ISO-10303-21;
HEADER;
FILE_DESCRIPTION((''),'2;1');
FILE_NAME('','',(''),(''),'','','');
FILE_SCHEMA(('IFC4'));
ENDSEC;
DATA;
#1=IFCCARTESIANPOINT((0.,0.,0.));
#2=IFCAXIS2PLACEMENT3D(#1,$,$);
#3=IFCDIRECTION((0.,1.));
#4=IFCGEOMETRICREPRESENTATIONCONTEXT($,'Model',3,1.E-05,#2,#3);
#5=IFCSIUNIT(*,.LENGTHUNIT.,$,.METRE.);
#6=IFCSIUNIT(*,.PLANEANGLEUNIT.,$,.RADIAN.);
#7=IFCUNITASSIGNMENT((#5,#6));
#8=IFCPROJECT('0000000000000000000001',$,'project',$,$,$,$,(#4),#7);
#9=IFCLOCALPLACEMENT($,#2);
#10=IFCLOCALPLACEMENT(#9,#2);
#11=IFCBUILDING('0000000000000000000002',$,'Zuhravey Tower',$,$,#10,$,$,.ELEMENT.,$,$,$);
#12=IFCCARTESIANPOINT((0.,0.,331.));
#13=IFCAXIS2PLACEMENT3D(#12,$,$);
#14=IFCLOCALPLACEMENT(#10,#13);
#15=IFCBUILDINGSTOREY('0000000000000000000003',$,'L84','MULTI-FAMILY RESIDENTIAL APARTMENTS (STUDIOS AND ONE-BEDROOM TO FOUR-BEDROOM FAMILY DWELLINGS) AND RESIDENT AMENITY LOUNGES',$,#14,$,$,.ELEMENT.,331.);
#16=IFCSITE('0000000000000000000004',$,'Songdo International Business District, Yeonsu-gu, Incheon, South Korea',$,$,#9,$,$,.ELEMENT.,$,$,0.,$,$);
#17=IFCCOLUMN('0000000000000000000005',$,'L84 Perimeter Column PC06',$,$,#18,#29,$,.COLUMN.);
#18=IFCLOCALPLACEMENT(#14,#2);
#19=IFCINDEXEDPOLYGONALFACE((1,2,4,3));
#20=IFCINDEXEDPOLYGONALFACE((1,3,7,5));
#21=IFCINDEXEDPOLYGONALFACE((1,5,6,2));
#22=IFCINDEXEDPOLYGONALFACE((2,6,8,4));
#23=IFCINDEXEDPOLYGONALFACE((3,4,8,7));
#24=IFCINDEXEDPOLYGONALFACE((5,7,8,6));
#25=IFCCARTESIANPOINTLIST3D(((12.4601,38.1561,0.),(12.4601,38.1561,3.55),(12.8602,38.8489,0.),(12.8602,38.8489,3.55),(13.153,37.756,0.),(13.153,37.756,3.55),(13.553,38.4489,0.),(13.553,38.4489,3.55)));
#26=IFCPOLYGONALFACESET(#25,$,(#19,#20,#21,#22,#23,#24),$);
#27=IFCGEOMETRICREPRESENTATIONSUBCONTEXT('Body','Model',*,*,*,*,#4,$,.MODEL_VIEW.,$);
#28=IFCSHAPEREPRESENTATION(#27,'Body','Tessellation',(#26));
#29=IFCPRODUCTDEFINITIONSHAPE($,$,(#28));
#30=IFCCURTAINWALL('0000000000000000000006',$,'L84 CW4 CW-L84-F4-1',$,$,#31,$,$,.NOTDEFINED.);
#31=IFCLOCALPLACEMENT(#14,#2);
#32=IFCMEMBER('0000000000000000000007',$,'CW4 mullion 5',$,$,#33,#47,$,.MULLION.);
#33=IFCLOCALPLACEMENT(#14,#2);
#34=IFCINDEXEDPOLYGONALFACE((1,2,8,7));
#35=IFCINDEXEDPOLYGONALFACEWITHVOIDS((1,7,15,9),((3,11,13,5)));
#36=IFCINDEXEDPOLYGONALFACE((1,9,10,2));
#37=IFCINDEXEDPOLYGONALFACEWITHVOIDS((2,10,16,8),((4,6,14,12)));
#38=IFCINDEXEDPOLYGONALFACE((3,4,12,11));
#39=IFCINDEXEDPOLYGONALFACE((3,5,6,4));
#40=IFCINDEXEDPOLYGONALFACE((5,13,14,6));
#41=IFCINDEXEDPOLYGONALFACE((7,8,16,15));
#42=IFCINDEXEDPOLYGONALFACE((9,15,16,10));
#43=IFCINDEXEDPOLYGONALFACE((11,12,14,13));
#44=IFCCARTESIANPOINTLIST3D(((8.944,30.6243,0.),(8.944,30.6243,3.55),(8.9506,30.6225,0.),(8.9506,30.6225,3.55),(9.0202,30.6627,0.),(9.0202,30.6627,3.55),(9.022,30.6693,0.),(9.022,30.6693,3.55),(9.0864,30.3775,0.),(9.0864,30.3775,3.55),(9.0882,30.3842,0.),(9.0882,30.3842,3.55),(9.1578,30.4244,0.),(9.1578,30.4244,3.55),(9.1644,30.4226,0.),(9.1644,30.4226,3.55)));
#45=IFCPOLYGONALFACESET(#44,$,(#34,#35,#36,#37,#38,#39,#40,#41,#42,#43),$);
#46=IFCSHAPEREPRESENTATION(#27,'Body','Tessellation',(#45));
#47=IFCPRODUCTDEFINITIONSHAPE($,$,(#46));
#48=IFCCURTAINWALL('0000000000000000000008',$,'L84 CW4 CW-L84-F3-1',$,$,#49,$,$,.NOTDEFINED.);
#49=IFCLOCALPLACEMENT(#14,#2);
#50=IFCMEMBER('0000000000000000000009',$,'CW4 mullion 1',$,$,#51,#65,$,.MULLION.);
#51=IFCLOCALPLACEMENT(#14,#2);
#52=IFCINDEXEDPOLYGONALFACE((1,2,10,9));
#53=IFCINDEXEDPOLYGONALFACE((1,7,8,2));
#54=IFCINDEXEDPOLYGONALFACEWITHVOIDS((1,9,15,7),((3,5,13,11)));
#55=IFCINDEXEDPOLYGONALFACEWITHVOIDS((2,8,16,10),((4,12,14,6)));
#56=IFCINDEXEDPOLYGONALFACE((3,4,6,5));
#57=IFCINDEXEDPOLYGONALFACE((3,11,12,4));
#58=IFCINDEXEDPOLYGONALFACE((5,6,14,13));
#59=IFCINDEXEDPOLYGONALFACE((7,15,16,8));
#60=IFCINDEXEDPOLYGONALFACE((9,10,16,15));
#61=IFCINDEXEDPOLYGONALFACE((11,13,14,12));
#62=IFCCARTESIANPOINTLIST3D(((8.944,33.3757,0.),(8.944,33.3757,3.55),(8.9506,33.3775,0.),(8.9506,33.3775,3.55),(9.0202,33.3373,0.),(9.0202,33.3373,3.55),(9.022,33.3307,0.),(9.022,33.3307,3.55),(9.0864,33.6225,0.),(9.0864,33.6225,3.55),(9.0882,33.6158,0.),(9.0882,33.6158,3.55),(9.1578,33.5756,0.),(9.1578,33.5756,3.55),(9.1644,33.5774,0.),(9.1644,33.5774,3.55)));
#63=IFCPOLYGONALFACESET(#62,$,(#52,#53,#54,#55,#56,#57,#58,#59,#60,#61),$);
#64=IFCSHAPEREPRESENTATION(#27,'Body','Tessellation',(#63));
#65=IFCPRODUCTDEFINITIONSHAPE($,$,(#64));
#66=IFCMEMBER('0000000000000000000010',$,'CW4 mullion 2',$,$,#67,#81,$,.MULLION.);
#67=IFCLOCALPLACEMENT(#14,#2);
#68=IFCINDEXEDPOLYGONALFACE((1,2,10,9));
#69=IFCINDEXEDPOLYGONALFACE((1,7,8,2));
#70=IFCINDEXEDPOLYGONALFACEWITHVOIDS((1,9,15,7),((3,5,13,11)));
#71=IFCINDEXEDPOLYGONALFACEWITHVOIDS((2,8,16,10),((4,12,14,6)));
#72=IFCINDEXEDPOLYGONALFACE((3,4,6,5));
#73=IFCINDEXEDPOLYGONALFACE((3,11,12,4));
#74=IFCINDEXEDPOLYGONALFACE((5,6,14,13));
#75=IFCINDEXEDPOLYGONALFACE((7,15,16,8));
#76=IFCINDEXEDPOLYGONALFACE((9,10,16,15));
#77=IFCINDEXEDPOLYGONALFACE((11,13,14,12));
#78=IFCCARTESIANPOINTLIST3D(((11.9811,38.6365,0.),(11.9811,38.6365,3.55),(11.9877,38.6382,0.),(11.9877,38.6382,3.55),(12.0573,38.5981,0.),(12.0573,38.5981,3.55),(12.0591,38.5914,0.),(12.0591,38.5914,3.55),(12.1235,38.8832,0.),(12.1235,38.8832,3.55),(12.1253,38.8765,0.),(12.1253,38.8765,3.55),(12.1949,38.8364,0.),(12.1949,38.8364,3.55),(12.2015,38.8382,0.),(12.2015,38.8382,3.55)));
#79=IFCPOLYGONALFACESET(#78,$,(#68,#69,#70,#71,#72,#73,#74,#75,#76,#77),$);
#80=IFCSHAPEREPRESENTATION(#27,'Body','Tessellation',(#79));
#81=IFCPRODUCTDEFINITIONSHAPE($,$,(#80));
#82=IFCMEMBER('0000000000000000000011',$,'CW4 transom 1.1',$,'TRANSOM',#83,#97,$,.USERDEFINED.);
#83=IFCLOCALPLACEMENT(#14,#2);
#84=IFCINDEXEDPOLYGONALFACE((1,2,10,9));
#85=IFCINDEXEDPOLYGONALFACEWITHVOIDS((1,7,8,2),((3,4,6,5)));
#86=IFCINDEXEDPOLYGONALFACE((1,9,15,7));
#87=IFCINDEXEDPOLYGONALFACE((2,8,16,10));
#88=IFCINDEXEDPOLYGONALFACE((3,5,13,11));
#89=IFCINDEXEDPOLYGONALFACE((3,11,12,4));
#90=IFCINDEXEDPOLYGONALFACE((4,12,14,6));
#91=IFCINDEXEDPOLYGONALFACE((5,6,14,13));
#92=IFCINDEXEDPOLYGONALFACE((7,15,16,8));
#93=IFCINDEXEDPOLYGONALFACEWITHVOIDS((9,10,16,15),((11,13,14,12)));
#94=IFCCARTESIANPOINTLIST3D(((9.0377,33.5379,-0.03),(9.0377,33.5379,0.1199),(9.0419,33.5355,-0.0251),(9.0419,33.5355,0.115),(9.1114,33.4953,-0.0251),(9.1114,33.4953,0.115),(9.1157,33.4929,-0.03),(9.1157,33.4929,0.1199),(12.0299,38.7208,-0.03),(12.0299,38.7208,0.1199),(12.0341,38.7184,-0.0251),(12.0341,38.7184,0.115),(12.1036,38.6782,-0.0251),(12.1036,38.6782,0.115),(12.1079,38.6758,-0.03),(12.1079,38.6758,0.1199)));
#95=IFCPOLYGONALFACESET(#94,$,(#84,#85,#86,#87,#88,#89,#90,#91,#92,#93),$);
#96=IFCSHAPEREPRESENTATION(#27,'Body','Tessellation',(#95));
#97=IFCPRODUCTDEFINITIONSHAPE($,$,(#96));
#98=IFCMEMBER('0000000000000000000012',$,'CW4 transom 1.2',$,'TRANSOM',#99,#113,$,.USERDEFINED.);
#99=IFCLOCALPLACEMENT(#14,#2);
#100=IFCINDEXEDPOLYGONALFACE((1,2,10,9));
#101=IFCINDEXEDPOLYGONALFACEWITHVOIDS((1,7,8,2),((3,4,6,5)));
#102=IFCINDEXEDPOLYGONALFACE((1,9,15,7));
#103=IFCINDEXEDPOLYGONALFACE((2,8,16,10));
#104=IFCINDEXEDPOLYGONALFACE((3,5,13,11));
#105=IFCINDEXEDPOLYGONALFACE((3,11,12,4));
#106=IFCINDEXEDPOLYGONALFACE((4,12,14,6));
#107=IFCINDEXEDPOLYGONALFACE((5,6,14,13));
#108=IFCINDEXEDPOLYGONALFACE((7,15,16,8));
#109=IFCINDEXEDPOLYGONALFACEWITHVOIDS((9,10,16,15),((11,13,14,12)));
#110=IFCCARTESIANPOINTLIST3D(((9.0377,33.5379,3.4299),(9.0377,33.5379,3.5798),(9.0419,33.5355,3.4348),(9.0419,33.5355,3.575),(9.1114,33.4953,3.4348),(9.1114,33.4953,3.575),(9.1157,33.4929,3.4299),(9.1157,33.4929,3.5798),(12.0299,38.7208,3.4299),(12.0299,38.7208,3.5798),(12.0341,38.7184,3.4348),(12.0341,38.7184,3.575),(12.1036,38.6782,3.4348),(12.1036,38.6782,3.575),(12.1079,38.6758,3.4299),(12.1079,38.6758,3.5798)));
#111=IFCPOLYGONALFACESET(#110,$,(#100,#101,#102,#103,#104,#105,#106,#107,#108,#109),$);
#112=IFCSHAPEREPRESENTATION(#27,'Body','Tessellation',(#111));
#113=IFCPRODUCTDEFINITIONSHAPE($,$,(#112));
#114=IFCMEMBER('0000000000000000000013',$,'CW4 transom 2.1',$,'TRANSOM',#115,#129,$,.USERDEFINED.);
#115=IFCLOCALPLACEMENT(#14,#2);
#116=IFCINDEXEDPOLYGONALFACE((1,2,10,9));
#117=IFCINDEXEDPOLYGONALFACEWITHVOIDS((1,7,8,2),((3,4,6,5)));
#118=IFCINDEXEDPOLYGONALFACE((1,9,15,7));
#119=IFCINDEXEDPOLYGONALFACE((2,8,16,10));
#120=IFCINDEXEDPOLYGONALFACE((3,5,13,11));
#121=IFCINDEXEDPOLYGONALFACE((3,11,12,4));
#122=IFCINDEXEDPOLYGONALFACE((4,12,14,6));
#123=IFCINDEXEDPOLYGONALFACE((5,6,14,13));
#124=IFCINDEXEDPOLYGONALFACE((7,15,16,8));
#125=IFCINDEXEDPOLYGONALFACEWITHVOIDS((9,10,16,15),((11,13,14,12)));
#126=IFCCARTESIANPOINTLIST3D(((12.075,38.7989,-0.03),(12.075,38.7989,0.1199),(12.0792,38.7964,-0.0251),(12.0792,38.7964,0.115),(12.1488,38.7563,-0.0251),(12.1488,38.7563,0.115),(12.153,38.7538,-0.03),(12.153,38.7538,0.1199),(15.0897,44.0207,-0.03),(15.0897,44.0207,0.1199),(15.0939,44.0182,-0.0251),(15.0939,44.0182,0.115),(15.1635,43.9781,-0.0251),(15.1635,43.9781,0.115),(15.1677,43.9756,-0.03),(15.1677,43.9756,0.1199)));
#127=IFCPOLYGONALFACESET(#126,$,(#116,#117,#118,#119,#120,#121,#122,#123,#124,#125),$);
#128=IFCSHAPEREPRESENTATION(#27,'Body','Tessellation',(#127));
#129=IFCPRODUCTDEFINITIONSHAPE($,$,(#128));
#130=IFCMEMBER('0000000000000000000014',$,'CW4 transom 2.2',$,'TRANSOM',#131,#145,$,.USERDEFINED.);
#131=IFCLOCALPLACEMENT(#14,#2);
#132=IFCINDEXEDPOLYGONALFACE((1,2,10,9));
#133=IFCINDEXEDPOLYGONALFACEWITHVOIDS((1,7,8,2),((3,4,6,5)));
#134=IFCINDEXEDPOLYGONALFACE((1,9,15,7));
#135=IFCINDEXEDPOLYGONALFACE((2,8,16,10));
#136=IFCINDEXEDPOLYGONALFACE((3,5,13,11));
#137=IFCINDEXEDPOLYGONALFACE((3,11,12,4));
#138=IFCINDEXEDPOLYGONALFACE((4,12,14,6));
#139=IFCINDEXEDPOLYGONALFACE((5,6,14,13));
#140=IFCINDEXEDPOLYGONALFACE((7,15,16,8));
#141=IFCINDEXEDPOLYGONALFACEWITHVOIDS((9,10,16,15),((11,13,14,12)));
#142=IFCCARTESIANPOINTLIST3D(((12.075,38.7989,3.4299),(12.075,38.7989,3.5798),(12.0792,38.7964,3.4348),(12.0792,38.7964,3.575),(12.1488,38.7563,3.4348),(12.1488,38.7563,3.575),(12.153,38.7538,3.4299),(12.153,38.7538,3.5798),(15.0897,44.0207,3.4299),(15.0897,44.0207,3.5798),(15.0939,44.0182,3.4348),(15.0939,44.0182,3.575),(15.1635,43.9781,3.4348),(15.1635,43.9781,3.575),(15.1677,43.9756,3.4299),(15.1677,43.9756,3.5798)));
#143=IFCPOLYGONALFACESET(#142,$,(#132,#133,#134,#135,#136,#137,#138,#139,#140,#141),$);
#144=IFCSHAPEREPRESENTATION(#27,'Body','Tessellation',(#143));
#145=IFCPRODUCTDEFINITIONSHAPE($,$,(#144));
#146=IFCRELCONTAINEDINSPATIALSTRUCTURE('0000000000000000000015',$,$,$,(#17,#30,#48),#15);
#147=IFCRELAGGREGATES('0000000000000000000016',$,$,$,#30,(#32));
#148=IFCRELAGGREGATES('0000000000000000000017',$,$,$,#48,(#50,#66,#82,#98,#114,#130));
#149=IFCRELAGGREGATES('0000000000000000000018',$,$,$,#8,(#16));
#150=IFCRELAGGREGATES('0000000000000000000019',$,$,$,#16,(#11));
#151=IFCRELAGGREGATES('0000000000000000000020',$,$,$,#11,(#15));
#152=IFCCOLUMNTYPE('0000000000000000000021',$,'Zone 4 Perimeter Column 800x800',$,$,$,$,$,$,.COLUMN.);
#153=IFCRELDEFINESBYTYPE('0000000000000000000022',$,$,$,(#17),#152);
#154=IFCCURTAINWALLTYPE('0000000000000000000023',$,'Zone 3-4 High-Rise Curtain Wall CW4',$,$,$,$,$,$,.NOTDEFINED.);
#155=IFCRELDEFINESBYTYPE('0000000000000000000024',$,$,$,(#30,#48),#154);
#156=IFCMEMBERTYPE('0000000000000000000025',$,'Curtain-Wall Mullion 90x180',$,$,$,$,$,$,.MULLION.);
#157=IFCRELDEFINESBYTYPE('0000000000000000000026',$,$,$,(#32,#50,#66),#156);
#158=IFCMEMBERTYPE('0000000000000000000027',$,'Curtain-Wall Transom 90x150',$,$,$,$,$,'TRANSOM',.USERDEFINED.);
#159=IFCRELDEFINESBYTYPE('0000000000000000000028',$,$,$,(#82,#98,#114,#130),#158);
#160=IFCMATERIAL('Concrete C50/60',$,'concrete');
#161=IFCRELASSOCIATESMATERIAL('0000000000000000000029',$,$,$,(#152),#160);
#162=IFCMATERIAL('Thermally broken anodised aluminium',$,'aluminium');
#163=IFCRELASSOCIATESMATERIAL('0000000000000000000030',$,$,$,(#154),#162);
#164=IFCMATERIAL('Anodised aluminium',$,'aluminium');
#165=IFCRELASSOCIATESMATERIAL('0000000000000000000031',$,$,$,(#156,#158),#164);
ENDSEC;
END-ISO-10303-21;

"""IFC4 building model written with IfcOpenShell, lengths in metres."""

from ifc_helpers import new_model, si_unit, direction, frame, origin, origin_2d, place, context, subcontext, project, spatial, rectangle, hollow_rectangle, extrude, material, material_profile, profile_set, type_object, element, aggregate, save


model = new_model("IFC4")

# Units and contexts
model_context = context("Model", 3, precision=1e-05, world=origin(), true_north=direction((0.0, 1.0)))
body_context = subcontext(model_context, "Body", "Model", "MODEL_VIEW")
ifc_project = project(units=[si_unit("LENGTHUNIT", "METRE"), si_unit("PLANEANGLEUNIT", "RADIAN")], contexts=[model_context])

# Site, building, storey
site_placement = place(None, origin())
site = spatial("IfcSite", under=ifc_project, at=site_placement, Name="Songdo International Business District, Yeonsu-gu, Incheon, South Korea", CompositionType="ELEMENT", RefElevation=0.0)
building_placement = place(site_placement, origin())
building = spatial("IfcBuilding", under=site, at=building_placement, Name="Zuhravey Tower", CompositionType="ELEMENT")
storey_placement = place(building_placement, frame((0.0, 0.0, 331.0)))
storey = spatial("IfcBuildingStorey", under=building, at=storey_placement, Name="L84", Description="MULTI-FAMILY RESIDENTIAL APARTMENTS (STUDIOS AND ONE-BEDROOM TO FOUR-BEDROOM FAMILY DWELLINGS) AND RESIDENT AMENITY LOUNGES", CompositionType="ELEMENT", Elevation=331.0)

# Column
ifc_material_1 = material(Name="Concrete C50/60", Category="concrete")
ifc_material_profile_1 = material_profile(ifc_material_1, rectangle(XDim=0.8, YDim=0.8, at=origin_2d()), Name="RC-800x800")
ifc_profile_set_1 = profile_set([ifc_material_profile_1], Name="Concrete C50/60")
column_type = type_object("IfcColumnType", Name="Zone 4 Perimeter Column 800x800", PredefinedType="COLUMN", material=ifc_profile_set_1)
column_placement = place(storey_placement, frame((13.0066, 38.3025, 0.0), z_axis=(0.0, 0.0, 1.0), x_axis=(-0.5, -0.866025, 0.0)))
element("IfcColumn", 1, at=column_placement, inside=storey, type_object=column_type, Name="L84 Perimeter Column PC06", PredefinedType="COLUMN", context=body_context, shape_type="SweptSolid", body=[
    extrude(rectangle(XDim=0.8, YDim=0.8, at=origin_2d()), origin(), (0.0, 0.0, 1.0), 3.55),
])

# Curtain wall, member
ifc_material_2 = material(Name="Thermally broken anodised aluminium", Category="aluminium")
curtain_wall_type = type_object("IfcCurtainWallType", Name="Zone 3-4 High-Rise Curtain Wall CW4", PredefinedType="NOTDEFINED", material=ifc_material_2)
curtain_wall_1_placement = place(storey_placement, origin())
curtain_wall_1 = element("IfcCurtainWall", 2, at=curtain_wall_1_placement, inside=storey, type_object=curtain_wall_type, Name="L84 CW4 CW-L84-F4-1", PredefinedType="NOTDEFINED")
ifc_material_3 = material(Name="Anodised aluminium", Category="aluminium")
ifc_material_profile_2 = material_profile(ifc_material_3, hollow_rectangle(XDim=0.0901, YDim=0.2849, WallThickness=0.0049, at=origin_2d()), Name="ALU-RHS-90x285x5")
ifc_profile_set_2 = profile_set([ifc_material_profile_2], Name="Anodised aluminium")
member_type_1 = type_object("IfcMemberType", Name="Curtain-Wall Mullion 90x180", PredefinedType="MULLION", material=ifc_profile_set_2)
member_1_placement = place(storey_placement, frame((9.0542, 30.5234, 0.0), z_axis=(0.0, 0.0, 1.0), x_axis=(-0.866025, -0.500001, 0.0)))
member_1 = element("IfcMember", 3, at=member_1_placement, type_object=member_type_1, Name="CW4 mullion 5", PredefinedType="MULLION", context=body_context, shape_type="SweptSolid", body=[
    extrude(hollow_rectangle(XDim=0.0901, YDim=0.2849, WallThickness=0.0049, at=origin_2d()), origin(), (0.0, 0.0, 1.0), 3.55),
])
aggregate(curtain_wall_1, [member_1])

# Curtain wall, members
curtain_wall_2_placement = place(storey_placement, origin())
curtain_wall_2 = element("IfcCurtainWall", 4, at=curtain_wall_2_placement, inside=storey, type_object=curtain_wall_type, Name="L84 CW4 CW-L84-F3-1", PredefinedType="NOTDEFINED")
member_2_placement = place(storey_placement, frame((9.0542, 33.4766, 0.0), z_axis=(0.0, 0.0, 1.0), x_axis=(-0.866026, 0.5, 0.0)))
member_2 = element("IfcMember", 5, at=member_2_placement, type_object=member_type_1, Name="CW4 mullion 1", PredefinedType="MULLION", context=body_context, shape_type="SweptSolid", body=[
    extrude(hollow_rectangle(XDim=0.0901, YDim=0.2849, WallThickness=0.0049, at=origin_2d()), origin(), (0.0, 0.0, 1.0), 3.55),
])
member_3_placement = place(storey_placement, frame((12.0913, 38.7373, 0.0), z_axis=(0.0, 0.0, 1.0), x_axis=(-0.866026, 0.5, 0.0)))
member_3 = element("IfcMember", 6, at=member_3_placement, type_object=member_type_1, Name="CW4 mullion 2", PredefinedType="MULLION", context=body_context, shape_type="SweptSolid", body=[
    extrude(hollow_rectangle(XDim=0.0901, YDim=0.2849, WallThickness=0.0049, at=origin_2d()), origin(), (0.0, 0.0, 1.0), 3.55),
])
ifc_material_profile_3 = material_profile(ifc_material_3, hollow_rectangle(XDim=0.0901, YDim=0.1499, WallThickness=0.0049, at=origin_2d()), Name="ALU-RHS-90x150x5")
ifc_profile_set_3 = profile_set([ifc_material_profile_3], Name="Anodised aluminium")
member_type_2 = type_object("IfcMemberType", Name="Curtain-Wall Transom 90x150", ElementType="TRANSOM", PredefinedType="USERDEFINED", material=ifc_profile_set_3)
member_4_placement = place(storey_placement, frame((9.0767, 33.5154, 0.0449), z_axis=(0.499983, 0.866035, 0.0), x_axis=(-0.866035, 0.499983, 0.0)))
member_4 = element("IfcMember", 7, at=member_4_placement, type_object=member_type_2, Name="CW4 transom 1.1", ObjectType="TRANSOM", PredefinedType="USERDEFINED", context=body_context, shape_type="SweptSolid", body=[
    extrude(hollow_rectangle(XDim=0.0901, YDim=0.1499, WallThickness=0.0049, at=origin_2d()), origin(), (0.0, 0.0, 1.0), 5.9846),
])
member_5_placement = place(storey_placement, frame((9.0767, 33.5154, 3.5049), z_axis=(0.499983, 0.866035, 0.0), x_axis=(-0.866035, 0.499983, 0.0)))
member_5 = element("IfcMember", 8, at=member_5_placement, type_object=member_type_2, Name="CW4 transom 1.2", ObjectType="TRANSOM", PredefinedType="USERDEFINED", context=body_context, shape_type="SweptSolid", body=[
    extrude(hollow_rectangle(XDim=0.0901, YDim=0.1499, WallThickness=0.0049, at=origin_2d()), origin(), (0.0, 0.0, 1.0), 5.9846),
])
member_6_placement = place(storey_placement, frame((12.114, 38.7764, 0.0449), z_axis=(0.499989, 0.866032, 0.0), x_axis=(-0.866032, 0.499989, 0.0)))
member_6 = element("IfcMember", 9, at=member_6_placement, type_object=member_type_2, Name="CW4 transom 2.1", ObjectType="TRANSOM", PredefinedType="USERDEFINED", context=body_context, shape_type="SweptSolid", body=[
    extrude(hollow_rectangle(XDim=0.0901, YDim=0.1499, WallThickness=0.0049, at=origin_2d()), origin(), (0.0, 0.0, 1.0), 6.0295),
])
member_7_placement = place(storey_placement, frame((12.114, 38.7764, 3.5049), z_axis=(0.499989, 0.866032, 0.0), x_axis=(-0.866032, 0.499989, 0.0)))
member_7 = element("IfcMember", 10, at=member_7_placement, type_object=member_type_2, Name="CW4 transom 2.2", ObjectType="TRANSOM", PredefinedType="USERDEFINED", context=body_context, shape_type="SweptSolid", body=[
    extrude(hollow_rectangle(XDim=0.0901, YDim=0.1499, WallThickness=0.0049, at=origin_2d()), origin(), (0.0, 0.0, 1.0), 6.0295),
])

aggregate(curtain_wall_2, [member_2, member_3, member_4, member_5, member_6, member_7])

save(model, "model.ifc")
